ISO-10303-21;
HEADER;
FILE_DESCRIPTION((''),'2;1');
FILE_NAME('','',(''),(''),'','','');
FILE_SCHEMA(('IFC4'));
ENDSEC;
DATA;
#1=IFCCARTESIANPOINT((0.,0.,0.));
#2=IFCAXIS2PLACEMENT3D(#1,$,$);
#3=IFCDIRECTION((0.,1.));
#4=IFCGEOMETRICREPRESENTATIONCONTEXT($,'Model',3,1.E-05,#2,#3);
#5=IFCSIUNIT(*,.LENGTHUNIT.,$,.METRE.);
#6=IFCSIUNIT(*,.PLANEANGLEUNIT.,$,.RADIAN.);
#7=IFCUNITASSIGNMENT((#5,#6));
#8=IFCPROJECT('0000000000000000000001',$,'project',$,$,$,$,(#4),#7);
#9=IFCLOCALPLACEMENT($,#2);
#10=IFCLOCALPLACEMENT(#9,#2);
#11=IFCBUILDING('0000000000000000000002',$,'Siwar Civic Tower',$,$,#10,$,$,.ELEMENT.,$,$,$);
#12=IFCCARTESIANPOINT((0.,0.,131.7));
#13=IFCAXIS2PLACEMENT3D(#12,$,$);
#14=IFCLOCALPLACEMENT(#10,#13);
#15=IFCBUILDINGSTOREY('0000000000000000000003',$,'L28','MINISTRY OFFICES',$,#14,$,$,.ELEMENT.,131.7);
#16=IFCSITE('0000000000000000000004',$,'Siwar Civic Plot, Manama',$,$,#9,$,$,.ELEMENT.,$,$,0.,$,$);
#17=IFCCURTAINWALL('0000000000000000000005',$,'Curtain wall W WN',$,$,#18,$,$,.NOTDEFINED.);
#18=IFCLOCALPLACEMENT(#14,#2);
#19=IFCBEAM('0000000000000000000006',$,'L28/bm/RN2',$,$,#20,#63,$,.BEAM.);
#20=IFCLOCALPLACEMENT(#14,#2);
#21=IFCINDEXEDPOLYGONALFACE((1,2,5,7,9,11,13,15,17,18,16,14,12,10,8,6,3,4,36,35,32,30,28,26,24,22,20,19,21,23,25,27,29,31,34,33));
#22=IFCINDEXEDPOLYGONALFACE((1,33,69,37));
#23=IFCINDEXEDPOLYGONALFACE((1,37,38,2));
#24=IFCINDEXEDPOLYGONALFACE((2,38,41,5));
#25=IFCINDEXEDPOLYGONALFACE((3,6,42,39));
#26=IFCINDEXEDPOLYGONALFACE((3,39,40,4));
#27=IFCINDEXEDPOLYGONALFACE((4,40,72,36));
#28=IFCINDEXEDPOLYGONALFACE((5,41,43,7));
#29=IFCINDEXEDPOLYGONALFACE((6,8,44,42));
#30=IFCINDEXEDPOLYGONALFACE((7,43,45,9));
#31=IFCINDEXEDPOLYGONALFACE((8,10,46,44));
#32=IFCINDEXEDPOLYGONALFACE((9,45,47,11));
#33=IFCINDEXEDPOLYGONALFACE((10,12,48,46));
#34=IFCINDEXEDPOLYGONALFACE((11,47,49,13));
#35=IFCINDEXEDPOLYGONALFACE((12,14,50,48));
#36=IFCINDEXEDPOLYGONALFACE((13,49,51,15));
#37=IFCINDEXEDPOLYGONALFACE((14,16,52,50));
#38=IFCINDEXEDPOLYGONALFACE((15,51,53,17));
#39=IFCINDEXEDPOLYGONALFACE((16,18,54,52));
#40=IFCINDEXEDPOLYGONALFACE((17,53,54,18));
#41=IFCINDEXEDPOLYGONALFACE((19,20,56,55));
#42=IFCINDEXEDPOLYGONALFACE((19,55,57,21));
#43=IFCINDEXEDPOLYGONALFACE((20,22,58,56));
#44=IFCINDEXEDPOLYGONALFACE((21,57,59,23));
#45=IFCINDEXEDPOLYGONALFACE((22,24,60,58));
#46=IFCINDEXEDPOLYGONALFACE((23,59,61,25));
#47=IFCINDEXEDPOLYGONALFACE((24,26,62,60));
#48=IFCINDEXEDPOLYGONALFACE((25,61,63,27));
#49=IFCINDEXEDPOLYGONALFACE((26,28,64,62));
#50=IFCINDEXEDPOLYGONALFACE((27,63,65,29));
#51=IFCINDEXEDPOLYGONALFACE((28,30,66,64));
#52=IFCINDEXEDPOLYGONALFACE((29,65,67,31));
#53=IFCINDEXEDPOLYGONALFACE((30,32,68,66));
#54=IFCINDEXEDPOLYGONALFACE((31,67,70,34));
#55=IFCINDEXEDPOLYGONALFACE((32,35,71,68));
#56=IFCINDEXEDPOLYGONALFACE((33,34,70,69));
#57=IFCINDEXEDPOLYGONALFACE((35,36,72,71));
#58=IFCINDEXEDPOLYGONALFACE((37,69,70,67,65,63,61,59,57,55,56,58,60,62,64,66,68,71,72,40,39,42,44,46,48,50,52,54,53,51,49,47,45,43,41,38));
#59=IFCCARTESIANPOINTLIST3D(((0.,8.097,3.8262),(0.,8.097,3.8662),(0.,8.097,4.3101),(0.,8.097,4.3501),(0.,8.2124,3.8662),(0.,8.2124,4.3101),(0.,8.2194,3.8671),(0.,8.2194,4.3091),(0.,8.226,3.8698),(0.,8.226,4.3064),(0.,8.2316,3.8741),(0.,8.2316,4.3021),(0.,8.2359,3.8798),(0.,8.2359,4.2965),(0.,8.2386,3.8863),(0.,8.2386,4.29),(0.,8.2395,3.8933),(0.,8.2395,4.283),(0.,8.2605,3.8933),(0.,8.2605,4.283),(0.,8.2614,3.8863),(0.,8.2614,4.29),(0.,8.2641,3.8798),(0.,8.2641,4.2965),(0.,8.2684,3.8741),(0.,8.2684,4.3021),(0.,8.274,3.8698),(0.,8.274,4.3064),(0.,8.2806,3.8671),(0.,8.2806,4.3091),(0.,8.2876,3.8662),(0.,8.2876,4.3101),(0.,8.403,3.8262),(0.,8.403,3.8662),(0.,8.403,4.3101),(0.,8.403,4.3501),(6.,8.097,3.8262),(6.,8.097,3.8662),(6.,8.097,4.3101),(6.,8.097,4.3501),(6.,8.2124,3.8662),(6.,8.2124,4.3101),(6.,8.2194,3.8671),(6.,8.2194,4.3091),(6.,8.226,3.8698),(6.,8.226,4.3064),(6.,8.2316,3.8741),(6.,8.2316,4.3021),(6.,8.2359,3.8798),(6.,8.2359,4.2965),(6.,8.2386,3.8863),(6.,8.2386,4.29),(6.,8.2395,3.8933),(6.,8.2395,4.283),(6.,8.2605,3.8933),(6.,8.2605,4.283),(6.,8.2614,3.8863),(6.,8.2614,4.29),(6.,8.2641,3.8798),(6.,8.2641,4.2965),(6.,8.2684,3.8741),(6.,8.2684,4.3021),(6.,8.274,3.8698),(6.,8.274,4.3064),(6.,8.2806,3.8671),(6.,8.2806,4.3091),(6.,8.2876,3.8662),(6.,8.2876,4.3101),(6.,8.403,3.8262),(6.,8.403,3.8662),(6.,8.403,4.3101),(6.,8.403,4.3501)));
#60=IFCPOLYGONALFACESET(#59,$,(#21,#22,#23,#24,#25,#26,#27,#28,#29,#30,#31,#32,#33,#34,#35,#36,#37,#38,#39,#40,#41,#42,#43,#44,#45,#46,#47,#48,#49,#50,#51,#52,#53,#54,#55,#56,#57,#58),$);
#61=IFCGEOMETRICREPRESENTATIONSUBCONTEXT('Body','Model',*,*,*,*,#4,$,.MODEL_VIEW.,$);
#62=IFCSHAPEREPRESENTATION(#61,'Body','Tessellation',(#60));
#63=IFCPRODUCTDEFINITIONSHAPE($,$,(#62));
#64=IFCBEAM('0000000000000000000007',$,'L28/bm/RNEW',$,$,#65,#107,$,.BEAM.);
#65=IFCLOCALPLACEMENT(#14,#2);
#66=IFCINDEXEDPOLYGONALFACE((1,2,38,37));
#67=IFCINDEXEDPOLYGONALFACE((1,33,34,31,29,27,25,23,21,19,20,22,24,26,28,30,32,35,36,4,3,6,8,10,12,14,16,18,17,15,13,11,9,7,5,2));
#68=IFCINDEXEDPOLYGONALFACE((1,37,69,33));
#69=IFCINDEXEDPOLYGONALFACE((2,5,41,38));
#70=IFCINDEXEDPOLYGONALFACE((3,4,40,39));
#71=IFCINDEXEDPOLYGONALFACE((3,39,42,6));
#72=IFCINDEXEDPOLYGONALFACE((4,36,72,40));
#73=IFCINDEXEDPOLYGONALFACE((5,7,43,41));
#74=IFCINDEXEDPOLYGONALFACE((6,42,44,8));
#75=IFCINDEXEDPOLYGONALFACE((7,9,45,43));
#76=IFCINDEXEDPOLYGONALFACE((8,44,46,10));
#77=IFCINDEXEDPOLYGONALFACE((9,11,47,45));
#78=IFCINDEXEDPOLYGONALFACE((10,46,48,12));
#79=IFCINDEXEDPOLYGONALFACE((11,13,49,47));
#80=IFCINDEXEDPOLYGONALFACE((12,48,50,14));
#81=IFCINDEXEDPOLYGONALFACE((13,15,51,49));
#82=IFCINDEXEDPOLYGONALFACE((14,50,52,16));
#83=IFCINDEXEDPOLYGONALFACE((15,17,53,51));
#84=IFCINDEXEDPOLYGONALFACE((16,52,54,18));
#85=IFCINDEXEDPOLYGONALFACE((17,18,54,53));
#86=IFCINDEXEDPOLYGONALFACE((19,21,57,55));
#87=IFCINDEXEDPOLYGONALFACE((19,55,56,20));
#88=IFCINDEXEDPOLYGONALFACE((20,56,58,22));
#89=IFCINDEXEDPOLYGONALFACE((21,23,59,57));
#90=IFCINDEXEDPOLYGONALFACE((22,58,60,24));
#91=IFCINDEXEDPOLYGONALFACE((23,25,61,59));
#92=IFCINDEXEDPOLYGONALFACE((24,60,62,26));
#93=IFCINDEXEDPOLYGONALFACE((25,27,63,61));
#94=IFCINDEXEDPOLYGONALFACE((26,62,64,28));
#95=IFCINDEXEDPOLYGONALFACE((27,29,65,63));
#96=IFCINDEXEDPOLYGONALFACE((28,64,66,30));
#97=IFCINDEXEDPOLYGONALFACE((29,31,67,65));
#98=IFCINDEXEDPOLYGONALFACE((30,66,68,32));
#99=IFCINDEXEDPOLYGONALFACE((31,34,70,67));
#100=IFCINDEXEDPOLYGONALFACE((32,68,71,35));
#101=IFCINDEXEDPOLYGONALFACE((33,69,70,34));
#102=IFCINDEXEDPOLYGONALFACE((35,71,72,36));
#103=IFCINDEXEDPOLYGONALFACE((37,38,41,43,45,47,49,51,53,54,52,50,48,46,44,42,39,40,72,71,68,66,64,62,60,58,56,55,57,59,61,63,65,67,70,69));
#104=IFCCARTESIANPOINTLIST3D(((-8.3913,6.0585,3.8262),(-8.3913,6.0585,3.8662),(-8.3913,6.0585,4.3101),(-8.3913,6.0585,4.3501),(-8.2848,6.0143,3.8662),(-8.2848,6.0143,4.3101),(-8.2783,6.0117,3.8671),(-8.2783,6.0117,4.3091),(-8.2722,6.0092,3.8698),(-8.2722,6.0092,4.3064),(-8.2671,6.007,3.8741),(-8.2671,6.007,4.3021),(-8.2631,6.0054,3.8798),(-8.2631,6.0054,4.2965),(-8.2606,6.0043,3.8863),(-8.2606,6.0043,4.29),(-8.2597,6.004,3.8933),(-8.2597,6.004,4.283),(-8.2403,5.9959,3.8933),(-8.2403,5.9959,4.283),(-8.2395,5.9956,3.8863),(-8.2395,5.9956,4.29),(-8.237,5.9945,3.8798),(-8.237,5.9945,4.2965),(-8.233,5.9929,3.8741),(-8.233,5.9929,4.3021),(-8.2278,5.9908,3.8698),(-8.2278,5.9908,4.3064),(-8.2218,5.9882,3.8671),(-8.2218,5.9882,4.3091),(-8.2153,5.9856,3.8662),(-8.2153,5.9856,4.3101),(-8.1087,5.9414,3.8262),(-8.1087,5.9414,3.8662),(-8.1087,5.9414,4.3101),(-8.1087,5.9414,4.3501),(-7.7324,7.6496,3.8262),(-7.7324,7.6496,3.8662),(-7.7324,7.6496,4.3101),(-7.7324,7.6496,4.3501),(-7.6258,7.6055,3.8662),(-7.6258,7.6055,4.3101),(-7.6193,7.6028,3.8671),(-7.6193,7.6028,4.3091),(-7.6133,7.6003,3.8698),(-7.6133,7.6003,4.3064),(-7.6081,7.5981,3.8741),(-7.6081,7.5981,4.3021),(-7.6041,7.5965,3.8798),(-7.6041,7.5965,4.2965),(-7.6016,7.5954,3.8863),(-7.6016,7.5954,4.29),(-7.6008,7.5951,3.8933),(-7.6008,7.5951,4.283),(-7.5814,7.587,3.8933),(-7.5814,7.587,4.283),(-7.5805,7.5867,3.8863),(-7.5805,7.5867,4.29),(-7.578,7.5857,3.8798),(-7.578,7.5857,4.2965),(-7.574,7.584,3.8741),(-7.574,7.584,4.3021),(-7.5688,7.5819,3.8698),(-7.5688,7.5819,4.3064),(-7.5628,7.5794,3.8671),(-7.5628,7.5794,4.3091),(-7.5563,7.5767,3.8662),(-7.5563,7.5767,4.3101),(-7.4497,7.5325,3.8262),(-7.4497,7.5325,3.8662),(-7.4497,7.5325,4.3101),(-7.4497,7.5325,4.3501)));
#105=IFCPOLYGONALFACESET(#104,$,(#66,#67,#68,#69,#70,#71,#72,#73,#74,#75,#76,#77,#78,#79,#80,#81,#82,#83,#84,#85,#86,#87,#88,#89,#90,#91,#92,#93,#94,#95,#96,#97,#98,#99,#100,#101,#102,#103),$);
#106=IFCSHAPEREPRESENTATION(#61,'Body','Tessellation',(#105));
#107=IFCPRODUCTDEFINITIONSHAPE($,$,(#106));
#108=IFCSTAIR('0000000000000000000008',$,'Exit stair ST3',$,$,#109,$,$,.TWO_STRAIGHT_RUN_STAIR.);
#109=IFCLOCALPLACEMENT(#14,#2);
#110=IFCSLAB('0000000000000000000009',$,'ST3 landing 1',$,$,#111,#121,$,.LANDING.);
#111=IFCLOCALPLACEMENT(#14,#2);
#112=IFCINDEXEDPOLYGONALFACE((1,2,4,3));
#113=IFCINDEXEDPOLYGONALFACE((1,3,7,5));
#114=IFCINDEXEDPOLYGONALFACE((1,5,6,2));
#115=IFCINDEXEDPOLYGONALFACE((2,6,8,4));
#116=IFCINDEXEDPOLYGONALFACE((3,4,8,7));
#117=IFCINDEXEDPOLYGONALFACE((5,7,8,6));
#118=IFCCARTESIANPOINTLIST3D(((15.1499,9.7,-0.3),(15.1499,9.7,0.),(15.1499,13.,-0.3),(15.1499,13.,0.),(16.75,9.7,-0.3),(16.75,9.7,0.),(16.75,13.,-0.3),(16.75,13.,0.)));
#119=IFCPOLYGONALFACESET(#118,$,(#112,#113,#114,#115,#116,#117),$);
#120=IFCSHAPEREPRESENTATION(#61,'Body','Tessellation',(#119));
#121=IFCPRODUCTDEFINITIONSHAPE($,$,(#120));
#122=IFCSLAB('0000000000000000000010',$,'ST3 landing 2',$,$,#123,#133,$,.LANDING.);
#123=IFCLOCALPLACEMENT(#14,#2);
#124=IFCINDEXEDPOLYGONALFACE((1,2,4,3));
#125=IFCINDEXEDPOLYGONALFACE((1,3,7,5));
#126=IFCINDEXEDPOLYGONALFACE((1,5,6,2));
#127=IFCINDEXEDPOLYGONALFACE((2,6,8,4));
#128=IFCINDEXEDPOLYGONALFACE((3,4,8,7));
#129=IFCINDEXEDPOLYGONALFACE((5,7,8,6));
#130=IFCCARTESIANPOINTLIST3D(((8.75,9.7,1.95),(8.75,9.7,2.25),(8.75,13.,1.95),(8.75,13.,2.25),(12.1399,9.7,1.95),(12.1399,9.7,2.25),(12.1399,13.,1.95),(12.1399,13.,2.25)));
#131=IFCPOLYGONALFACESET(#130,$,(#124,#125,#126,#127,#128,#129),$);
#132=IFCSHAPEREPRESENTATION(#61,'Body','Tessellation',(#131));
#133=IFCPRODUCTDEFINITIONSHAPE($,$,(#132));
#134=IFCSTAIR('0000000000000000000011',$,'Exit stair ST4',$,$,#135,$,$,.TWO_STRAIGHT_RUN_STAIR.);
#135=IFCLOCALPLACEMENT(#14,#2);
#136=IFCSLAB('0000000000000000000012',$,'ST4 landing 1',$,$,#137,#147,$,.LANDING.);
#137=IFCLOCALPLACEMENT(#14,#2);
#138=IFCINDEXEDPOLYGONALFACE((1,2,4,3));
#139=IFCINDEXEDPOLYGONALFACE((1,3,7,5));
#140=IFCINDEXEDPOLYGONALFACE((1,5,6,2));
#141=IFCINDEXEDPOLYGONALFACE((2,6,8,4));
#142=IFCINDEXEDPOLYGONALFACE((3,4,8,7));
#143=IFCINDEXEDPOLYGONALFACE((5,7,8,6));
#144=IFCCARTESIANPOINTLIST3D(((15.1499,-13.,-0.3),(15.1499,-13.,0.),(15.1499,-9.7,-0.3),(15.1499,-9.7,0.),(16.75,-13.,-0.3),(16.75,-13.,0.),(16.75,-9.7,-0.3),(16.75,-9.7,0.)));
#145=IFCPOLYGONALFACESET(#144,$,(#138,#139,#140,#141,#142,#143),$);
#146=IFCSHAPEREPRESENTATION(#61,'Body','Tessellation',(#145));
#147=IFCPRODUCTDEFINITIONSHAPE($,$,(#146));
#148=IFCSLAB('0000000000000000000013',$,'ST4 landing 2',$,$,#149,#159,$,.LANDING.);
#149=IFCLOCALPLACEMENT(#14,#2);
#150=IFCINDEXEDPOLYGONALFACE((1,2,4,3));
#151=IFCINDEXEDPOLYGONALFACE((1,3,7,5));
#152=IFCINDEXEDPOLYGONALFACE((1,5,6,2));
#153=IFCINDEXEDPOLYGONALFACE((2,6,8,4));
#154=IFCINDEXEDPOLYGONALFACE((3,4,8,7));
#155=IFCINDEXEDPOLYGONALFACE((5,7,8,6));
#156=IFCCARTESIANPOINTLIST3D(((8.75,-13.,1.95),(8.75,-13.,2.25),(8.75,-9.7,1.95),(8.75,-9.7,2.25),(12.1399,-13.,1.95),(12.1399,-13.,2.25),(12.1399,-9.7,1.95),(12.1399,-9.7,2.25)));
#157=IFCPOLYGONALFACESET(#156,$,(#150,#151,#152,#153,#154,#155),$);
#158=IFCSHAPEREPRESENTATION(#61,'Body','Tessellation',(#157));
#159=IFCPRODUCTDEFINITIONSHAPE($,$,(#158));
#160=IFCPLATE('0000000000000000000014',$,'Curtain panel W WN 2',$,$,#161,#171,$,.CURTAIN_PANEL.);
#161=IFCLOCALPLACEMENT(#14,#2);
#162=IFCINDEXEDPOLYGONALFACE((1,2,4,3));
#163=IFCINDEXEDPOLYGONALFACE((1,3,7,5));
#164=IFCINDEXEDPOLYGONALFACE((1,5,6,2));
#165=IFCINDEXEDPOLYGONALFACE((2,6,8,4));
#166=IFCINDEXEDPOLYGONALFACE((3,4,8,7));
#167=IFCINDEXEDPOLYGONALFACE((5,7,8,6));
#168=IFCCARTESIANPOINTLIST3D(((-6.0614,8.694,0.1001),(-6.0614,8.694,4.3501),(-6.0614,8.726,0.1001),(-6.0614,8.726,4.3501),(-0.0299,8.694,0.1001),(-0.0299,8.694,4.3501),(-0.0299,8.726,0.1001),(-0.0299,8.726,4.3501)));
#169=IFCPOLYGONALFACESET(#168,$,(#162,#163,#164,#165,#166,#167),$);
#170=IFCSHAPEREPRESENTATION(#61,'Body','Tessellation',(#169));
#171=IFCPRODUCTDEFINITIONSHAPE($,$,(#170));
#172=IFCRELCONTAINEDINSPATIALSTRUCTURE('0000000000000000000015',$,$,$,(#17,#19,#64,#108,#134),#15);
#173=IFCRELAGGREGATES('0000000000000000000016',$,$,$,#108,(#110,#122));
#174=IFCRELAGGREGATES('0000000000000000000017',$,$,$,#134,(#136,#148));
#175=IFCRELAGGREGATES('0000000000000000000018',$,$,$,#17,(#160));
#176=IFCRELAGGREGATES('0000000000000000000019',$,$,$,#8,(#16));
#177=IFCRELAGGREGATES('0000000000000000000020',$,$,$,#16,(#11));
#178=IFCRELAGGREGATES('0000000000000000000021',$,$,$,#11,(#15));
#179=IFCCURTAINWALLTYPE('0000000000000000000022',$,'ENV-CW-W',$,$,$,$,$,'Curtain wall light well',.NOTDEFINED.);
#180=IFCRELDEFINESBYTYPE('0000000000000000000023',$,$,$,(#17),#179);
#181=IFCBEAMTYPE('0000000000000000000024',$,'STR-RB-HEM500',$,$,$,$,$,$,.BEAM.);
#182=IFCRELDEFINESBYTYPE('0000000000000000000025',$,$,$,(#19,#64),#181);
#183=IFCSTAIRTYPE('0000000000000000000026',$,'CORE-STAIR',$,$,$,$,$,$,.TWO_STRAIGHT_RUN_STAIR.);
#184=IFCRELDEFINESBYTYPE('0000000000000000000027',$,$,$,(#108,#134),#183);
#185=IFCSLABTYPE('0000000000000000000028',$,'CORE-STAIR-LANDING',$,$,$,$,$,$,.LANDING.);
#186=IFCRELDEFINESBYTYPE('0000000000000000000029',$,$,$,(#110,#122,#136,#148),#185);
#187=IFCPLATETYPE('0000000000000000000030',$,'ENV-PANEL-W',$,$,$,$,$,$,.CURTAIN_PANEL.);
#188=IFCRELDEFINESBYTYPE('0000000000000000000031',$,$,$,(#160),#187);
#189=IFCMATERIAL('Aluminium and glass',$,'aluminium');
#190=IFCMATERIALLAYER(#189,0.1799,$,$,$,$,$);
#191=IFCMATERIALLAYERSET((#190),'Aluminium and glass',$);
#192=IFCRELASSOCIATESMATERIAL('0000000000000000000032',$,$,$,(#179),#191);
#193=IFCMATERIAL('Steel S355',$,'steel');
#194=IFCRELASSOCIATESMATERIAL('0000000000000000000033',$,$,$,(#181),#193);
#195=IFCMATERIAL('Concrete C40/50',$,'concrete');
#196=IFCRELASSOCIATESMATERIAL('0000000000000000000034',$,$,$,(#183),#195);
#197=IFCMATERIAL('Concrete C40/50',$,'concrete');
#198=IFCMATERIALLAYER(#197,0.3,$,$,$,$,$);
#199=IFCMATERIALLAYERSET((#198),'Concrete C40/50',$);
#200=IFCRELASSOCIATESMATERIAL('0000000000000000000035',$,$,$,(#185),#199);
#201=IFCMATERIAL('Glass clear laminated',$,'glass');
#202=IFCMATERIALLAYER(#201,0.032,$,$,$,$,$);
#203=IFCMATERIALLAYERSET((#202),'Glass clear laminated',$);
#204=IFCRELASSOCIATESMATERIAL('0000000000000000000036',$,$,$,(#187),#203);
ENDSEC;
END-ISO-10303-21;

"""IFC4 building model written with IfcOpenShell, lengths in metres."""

from ifc_helpers import new_model, si_unit, direction, frame, origin, origin_2d, place, context, subcontext, project, spatial, polyline, rectangle, i_section, outline, extrude, material, layer, layer_set, material_profile, profile_set, type_object, element, aggregate, save


model = new_model("IFC4")

# Units and contexts
model_context = context("Model", 3, precision=1e-05, world=origin(), true_north=direction((0.0, 1.0)))
body_context = subcontext(model_context, "Body", "Model", "MODEL_VIEW")
ifc_project = project(units=[si_unit("LENGTHUNIT", "METRE"), si_unit("PLANEANGLEUNIT", "RADIAN")], contexts=[model_context])

# Site, building, storey
site_placement = place(None, origin())
site = spatial("IfcSite", under=ifc_project, at=site_placement, Name="Siwar Civic Plot, Manama", CompositionType="ELEMENT", RefElevation=0.0)
building_placement = place(site_placement, origin())
building = spatial("IfcBuilding", under=site, at=building_placement, Name="Siwar Civic Tower", CompositionType="ELEMENT")
storey_placement = place(building_placement, frame((0.0, 0.0, 131.7)))
storey = spatial("IfcBuildingStorey", under=building, at=storey_placement, Name="L28", Description="MINISTRY OFFICES", CompositionType="ELEMENT", Elevation=131.7)

# Curtain wall
ifc_material_1 = material(Name="Aluminium and glass", Category="aluminium")
ifc_layer_1 = layer(ifc_material_1, 0.1799)
ifc_layer_set_1 = layer_set([ifc_layer_1], Name="Aluminium and glass")
curtain_wall_type = type_object("IfcCurtainWallType", Name="ENV-CW-W", ElementType="Curtain wall light well", PredefinedType="NOTDEFINED", material=ifc_layer_set_1)
curtain_wall_placement = place(storey_placement, origin())
curtain_wall = element("IfcCurtainWall", 1, at=curtain_wall_placement, inside=storey, type_object=curtain_wall_type, Name="Curtain wall W WN", PredefinedType="NOTDEFINED")

# Beams
ifc_material_2 = material(Name="Steel S355", Category="steel")
ifc_material_profile_1 = material_profile(ifc_material_2, i_section(OverallWidth=0.3059, OverallDepth=0.5239, WebThickness=0.021, FlangeThickness=0.04, FilletRadius=0.0271, at=origin_2d()), Name="HEM500")
ifc_profile_set_1 = profile_set([ifc_material_profile_1], Name="Steel S355")
beam_type_1 = type_object("IfcBeamType", Name="STR-RB-HEM500", PredefinedType="BEAM", material=ifc_profile_set_1)
for number, where, z_axis, x_axis, name in (
    (2, (0.0, 8.25, 4.0881), (1.0, 0.0, 0.0), (0.0, 1.0, 0.0), "L28/bm/RN2"),
):
    element("IfcBeam", number, at=place(storey_placement, frame(where, z_axis=z_axis, x_axis=x_axis)), inside=storey, type_object=beam_type_1, Name=name, PredefinedType="BEAM", context=body_context, shape_type="SweptSolid", body=[
        extrude(i_section(OverallWidth=0.3059, OverallDepth=0.5239, WebThickness=0.021, FlangeThickness=0.04, FilletRadius=0.0271, at=origin_2d()), origin(), (0.0, 0.0, 1.0), 6.0),
    ])
beam_1_placement = place(storey_placement, frame((-7.5911, 7.5911, 4.0881), z_axis=(-0.382631, -0.923901, 0.0), x_axis=(0.923901, -0.382631, 0.0)))
element("IfcBeam", 3, at=beam_1_placement, inside=storey, type_object=beam_type_1, Name="L28/bm/RNEW", PredefinedType="BEAM", context=body_context, shape_type="SweptSolid", body=[
    extrude(i_section(OverallWidth=0.3059, OverallDepth=0.5239, WebThickness=0.021, FlangeThickness=0.04, FilletRadius=0.0271, at=origin_2d()), origin(), (0.0, 0.0, 1.0), 1.7222),
])

# Stairs, slabs
ifc_material_3 = material(Name="Concrete C40/50", Category="concrete")
stair_type = type_object("IfcStairType", Name="CORE-STAIR", PredefinedType="TWO_STRAIGHT_RUN_STAIR", material=ifc_material_3)
stair_1_placement = place(storey_placement, origin())
stair_1 = element("IfcStair", 4, at=stair_1_placement, inside=storey, type_object=stair_type, Name="Exit stair ST3", PredefinedType="TWO_STRAIGHT_RUN_STAIR")
ifc_material_4 = material(Name="Concrete C40/50", Category="concrete")
ifc_layer_2 = layer(ifc_material_4, 0.3)
ifc_layer_set_2 = layer_set([ifc_layer_2], Name="Concrete C40/50")
slab_type_1 = type_object("IfcSlabType", Name="CORE-STAIR-LANDING", PredefinedType="LANDING", material=ifc_layer_set_2)
slab_1_placement = place(storey_placement, frame((0.0, 0.0, -0.3)))
slab_1 = element("IfcSlab", 5, at=slab_1_placement, type_object=slab_type_1, Name="ST3 landing 1", PredefinedType="LANDING", context=body_context, shape_type="SweptSolid", body=[
    extrude(outline(polyline([(15.1499, 9.7), (16.75, 9.7), (16.75, 13.0), (15.1499, 13.0), (15.1499, 9.7)])), origin(), (0.0, 0.0, 1.0), 0.3),
])
slab_2_placement = place(storey_placement, frame((0.0, 0.0, 1.95)))
slab_2 = element("IfcSlab", 6, at=slab_2_placement, type_object=slab_type_1, Name="ST3 landing 2", PredefinedType="LANDING", context=body_context, shape_type="SweptSolid", body=[
    extrude(outline(polyline([(8.75, 9.7), (12.1399, 9.7), (12.1399, 13.0), (8.75, 13.0), (8.75, 9.7)])), origin(), (0.0, 0.0, 1.0), 0.3),
])
aggregate(stair_1, [slab_1, slab_2])
stair_2_placement = place(storey_placement, origin())
stair_2 = element("IfcStair", 7, at=stair_2_placement, inside=storey, type_object=stair_type, Name="Exit stair ST4", PredefinedType="TWO_STRAIGHT_RUN_STAIR")
slab_3_placement = place(storey_placement, frame((0.0, 0.0, -0.3)))
slab_3 = element("IfcSlab", 8, at=slab_3_placement, type_object=slab_type_1, Name="ST4 landing 1", PredefinedType="LANDING", context=body_context, shape_type="SweptSolid", body=[
    extrude(outline(polyline([(15.1499, -13.0), (16.75, -13.0), (16.75, -9.7), (15.1499, -9.7), (15.1499, -13.0)])), origin(), (0.0, 0.0, 1.0), 0.3),
])
slab_4_placement = place(storey_placement, frame((0.0, 0.0, 1.95)))
slab_4 = element("IfcSlab", 9, at=slab_4_placement, type_object=slab_type_1, Name="ST4 landing 2", PredefinedType="LANDING", context=body_context, shape_type="SweptSolid", body=[
    extrude(outline(polyline([(8.75, -13.0), (12.1399, -13.0), (12.1399, -9.7), (8.75, -9.7), (8.75, -13.0)])), origin(), (0.0, 0.0, 1.0), 0.3),
])
aggregate(stair_2, [slab_3, slab_4])

# Plate
ifc_material_5 = material(Name="Glass clear laminated", Category="glass")
ifc_layer_3 = layer(ifc_material_5, 0.032)
ifc_layer_set_3 = layer_set([ifc_layer_3], Name="Glass clear laminated")
plate_type = type_object("IfcPlateType", Name="ENV-PANEL-W", PredefinedType="CURTAIN_PANEL", material=ifc_layer_set_3)
plate_placement = place(storey_placement, frame((-3.0457, 8.71, 0.1001), z_axis=(0.0, 0.0, 1.0), x_axis=(-1.0, 0.0, 0.0)))
plate = element("IfcPlate", 10, at=plate_placement, type_object=plate_type, Name="Curtain panel W WN 2", PredefinedType="CURTAIN_PANEL", context=body_context, shape_type="SweptSolid", body=[
    extrude(rectangle(XDim=6.0315, YDim=0.032, at=origin_2d()), origin(), (0.0, 0.0, 1.0), 4.25),
])
aggregate(curtain_wall, [plate])

save(model, "model.ifc")
